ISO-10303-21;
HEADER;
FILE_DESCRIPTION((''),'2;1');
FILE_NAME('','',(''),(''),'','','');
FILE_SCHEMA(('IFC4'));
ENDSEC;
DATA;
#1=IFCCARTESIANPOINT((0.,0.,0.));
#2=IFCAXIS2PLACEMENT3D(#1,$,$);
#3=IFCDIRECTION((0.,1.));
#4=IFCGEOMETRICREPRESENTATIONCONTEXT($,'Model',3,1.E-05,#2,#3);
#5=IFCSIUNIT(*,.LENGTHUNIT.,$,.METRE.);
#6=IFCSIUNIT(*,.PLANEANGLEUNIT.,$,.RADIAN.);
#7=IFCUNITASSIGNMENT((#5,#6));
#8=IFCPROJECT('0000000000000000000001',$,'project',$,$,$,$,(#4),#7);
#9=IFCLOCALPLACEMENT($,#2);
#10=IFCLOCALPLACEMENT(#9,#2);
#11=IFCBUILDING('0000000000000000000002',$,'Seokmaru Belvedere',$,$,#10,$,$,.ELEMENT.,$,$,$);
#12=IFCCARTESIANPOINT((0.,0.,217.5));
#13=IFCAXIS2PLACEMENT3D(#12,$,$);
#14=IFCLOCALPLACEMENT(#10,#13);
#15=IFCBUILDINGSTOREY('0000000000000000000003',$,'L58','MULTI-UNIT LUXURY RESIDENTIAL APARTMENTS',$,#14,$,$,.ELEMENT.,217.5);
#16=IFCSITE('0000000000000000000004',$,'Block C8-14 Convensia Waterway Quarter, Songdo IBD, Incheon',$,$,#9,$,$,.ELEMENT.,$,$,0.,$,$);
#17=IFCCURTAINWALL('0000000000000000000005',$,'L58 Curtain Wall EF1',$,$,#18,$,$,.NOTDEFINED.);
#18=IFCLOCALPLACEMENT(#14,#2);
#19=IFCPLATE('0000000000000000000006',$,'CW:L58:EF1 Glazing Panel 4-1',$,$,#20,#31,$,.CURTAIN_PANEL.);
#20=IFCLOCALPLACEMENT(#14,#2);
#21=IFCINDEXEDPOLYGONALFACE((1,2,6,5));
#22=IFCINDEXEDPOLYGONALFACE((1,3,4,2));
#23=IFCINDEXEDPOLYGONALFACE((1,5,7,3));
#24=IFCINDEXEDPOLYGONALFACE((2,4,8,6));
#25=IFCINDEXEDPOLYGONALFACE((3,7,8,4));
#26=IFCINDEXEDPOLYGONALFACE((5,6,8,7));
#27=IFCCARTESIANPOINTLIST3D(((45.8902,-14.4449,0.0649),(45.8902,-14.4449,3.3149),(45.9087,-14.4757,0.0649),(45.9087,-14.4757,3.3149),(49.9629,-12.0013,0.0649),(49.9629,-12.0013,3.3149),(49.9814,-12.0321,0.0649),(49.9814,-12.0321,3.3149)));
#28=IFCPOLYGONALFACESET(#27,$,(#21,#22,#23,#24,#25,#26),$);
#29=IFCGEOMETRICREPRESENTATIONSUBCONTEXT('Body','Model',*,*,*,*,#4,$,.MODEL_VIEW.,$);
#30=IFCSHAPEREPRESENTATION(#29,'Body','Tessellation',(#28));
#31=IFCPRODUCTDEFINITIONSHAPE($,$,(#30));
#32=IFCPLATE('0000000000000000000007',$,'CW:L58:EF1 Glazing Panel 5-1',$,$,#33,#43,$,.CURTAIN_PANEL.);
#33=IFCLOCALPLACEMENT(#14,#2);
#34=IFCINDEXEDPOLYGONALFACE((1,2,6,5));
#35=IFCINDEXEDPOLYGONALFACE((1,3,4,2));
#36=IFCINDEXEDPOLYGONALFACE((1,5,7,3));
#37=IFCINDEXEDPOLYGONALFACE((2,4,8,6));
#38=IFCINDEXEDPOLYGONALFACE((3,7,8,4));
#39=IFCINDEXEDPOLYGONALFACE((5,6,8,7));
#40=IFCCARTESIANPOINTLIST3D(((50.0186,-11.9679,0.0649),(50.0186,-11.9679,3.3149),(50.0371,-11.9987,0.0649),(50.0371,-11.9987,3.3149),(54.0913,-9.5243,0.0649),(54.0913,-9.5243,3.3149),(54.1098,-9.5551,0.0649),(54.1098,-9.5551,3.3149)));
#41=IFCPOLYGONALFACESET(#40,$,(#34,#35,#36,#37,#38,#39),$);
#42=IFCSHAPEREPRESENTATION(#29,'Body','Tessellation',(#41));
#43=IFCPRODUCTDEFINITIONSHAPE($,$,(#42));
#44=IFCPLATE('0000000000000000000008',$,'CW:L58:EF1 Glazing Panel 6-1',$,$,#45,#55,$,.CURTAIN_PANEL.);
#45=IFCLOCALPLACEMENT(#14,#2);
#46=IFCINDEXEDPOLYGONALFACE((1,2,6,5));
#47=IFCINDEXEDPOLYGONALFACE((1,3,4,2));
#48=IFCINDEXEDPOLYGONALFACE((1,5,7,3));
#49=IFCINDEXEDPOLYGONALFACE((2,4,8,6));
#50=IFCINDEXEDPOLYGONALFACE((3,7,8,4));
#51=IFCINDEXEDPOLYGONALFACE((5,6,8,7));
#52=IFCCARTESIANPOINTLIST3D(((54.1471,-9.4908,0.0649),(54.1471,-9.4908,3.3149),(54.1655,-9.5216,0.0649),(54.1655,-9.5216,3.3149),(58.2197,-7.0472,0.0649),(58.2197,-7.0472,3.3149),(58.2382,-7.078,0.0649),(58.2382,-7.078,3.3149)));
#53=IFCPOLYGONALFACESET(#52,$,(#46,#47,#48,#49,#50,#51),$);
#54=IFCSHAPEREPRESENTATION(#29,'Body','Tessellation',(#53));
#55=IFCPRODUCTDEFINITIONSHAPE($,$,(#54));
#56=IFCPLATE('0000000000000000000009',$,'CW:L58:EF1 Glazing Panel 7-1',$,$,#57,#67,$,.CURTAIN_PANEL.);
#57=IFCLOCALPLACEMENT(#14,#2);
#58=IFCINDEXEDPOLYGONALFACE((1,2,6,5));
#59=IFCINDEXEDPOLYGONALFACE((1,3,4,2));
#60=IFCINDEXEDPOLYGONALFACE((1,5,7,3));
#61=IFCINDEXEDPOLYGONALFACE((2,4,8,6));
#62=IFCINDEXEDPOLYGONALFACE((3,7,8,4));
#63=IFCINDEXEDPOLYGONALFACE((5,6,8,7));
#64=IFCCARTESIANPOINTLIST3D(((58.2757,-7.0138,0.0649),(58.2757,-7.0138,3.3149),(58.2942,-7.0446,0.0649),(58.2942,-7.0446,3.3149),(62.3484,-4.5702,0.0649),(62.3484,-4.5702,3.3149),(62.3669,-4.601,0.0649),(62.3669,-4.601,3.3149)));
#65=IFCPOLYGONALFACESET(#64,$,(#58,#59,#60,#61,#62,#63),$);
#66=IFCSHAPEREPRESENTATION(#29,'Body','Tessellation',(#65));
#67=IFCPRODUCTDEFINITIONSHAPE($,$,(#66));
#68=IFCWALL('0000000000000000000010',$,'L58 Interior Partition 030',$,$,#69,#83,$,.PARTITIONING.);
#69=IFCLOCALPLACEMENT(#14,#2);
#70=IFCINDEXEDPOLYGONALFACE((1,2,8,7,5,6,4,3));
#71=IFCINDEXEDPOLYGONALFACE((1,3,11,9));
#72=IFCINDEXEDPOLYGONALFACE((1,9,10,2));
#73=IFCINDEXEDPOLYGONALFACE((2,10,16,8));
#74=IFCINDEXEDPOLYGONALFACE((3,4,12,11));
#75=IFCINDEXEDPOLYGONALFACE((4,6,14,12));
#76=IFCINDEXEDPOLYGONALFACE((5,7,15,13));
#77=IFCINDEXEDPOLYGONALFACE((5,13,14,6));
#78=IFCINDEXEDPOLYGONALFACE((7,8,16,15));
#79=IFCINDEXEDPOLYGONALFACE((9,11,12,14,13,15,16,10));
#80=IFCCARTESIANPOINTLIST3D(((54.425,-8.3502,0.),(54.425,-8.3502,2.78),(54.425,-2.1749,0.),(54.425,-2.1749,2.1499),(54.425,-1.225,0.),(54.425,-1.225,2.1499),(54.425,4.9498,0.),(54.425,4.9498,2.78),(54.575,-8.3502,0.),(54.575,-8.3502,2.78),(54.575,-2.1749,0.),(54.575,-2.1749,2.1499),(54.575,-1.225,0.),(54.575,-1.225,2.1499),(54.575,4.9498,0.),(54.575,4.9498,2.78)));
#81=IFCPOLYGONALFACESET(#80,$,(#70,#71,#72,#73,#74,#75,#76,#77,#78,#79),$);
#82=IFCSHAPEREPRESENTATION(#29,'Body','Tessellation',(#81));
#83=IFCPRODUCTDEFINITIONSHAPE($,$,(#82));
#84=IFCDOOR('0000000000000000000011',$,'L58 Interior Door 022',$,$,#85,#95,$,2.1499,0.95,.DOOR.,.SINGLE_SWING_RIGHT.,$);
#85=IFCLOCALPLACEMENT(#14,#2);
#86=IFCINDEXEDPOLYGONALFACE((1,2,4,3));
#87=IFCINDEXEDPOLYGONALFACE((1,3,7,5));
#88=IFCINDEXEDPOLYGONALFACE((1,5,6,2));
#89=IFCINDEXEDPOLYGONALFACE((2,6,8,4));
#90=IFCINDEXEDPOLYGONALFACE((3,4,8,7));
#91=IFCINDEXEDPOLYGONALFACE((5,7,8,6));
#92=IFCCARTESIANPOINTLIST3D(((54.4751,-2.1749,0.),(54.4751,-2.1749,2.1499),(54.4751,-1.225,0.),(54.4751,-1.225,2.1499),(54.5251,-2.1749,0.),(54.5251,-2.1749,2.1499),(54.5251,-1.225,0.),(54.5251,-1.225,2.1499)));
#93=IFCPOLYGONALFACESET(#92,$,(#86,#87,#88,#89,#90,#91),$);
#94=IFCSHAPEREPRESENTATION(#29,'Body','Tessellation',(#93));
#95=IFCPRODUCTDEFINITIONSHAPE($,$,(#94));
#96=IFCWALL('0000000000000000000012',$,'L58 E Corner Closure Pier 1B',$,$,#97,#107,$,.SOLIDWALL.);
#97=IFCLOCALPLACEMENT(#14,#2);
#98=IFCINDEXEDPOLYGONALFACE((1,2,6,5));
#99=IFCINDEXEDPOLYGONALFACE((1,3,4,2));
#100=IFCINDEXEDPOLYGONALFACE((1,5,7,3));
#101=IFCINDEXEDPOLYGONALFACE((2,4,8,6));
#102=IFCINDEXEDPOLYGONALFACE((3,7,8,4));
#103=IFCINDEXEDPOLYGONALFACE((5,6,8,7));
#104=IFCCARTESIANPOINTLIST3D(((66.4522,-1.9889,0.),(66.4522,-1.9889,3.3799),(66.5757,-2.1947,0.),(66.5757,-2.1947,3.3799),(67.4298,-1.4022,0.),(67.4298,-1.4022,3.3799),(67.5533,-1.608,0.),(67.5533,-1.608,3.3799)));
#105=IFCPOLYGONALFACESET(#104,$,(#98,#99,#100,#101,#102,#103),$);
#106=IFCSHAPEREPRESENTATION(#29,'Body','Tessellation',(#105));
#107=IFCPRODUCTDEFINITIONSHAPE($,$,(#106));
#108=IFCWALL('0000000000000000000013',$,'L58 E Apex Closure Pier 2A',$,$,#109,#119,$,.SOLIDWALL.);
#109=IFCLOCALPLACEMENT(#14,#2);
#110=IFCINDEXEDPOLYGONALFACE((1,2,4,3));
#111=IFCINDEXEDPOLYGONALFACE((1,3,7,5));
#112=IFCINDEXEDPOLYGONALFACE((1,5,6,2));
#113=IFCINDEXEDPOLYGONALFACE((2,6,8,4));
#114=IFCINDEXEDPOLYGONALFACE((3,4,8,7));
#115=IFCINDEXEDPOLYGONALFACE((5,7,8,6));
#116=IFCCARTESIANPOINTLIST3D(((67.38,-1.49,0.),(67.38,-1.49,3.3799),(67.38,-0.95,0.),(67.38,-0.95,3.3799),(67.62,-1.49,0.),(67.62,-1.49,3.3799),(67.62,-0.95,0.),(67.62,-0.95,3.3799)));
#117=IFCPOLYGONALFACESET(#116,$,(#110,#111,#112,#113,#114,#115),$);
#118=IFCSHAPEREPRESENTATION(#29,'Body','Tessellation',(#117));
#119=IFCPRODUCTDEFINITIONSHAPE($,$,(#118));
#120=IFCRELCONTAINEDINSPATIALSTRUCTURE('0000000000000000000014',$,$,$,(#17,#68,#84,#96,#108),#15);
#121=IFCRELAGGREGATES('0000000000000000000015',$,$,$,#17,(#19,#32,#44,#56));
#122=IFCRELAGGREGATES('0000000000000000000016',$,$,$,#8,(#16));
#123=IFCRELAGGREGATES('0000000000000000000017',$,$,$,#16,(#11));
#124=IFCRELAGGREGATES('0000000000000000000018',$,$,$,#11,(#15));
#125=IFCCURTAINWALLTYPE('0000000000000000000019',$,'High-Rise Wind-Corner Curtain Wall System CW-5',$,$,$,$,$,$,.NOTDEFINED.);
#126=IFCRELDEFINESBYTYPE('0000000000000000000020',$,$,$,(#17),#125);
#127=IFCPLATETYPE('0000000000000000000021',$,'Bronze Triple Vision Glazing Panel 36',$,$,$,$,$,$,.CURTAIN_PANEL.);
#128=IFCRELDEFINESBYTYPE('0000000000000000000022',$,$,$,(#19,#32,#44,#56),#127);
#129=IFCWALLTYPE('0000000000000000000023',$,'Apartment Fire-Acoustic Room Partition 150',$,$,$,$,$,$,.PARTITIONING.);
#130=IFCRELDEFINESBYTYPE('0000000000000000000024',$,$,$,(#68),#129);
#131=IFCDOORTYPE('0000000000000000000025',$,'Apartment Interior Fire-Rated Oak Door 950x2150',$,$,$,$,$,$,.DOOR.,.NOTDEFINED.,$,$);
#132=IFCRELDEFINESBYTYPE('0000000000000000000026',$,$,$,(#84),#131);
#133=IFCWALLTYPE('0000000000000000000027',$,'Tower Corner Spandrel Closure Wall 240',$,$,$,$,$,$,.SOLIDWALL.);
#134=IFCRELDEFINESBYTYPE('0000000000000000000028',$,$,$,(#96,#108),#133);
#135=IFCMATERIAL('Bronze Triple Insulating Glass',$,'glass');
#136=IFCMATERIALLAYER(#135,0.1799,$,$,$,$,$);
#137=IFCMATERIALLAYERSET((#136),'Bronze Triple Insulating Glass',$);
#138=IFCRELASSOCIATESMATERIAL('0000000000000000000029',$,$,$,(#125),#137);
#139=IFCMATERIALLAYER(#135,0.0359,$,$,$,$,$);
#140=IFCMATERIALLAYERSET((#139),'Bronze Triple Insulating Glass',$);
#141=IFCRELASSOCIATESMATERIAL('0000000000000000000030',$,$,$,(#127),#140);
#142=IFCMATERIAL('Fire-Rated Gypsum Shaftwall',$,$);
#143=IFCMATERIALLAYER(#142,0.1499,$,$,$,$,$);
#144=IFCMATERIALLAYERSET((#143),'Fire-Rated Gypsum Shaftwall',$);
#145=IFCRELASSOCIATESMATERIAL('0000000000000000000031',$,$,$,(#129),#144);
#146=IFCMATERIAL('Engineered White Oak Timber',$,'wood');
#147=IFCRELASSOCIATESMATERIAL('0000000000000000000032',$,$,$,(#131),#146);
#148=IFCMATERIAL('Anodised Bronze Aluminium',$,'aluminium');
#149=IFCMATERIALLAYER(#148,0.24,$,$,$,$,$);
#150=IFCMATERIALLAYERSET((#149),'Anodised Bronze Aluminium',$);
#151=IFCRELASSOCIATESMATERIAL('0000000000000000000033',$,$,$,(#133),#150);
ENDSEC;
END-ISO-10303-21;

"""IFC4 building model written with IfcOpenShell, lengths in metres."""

from ifc_helpers import new_model, si_unit, direction, frame, frame_2d, origin, origin_2d, place, context, subcontext, project, spatial, rectangle, extrude, source, transform, mapped, material, layer, layer_set, type_object, type_shapes, element, fill, aggregate, save


model = new_model("IFC4")

# Units and contexts
model_context = context("Model", 3, precision=1e-05, world=origin(), true_north=direction((0.0, 1.0)))
body_context = subcontext(model_context, "Body", "Model", "MODEL_VIEW")
ifc_project = project(units=[si_unit("LENGTHUNIT", "METRE"), si_unit("PLANEANGLEUNIT", "RADIAN")], contexts=[model_context])

# Site, building, storey
site_placement = place(None, origin())
site = spatial("IfcSite", under=ifc_project, at=site_placement, Name="Block C8-14 Convensia Waterway Quarter, Songdo IBD, Incheon", CompositionType="ELEMENT", RefElevation=0.0)
building_placement = place(site_placement, origin())
building = spatial("IfcBuilding", under=site, at=building_placement, Name="Seokmaru Belvedere", CompositionType="ELEMENT")
storey_placement = place(building_placement, frame((0.0, 0.0, 217.5)))
storey = spatial("IfcBuildingStorey", under=building, at=storey_placement, Name="L58", Description="MULTI-UNIT LUXURY RESIDENTIAL APARTMENTS", CompositionType="ELEMENT", Elevation=217.5)

# Curtain wall, plates
ifc_material_1 = material(Name="Bronze Triple Insulating Glass", Category="glass")
ifc_layer_1 = layer(ifc_material_1, 0.1799)
ifc_layer_set_1 = layer_set([ifc_layer_1], Name="Bronze Triple Insulating Glass")
curtain_wall_type = type_object("IfcCurtainWallType", Name="High-Rise Wind-Corner Curtain Wall System CW-5", PredefinedType="NOTDEFINED", material=ifc_layer_set_1)
curtain_wall_placement = place(storey_placement, origin())
curtain_wall = element("IfcCurtainWall", 1, at=curtain_wall_placement, inside=storey, type_object=curtain_wall_type, Name="L58 Curtain Wall EF1", PredefinedType="NOTDEFINED")
ifc_material_2 = material(Name="Anodised Bronze Aluminium", Category="aluminium")
ifc_layer_2 = layer(ifc_material_1, 0.0359)
ifc_layer_set_2 = layer_set([ifc_layer_2], Name="Bronze Triple Insulating Glass")
plate_type = type_object("IfcPlateType", Name="Bronze Triple Vision Glazing Panel 36", PredefinedType="CURTAIN_PANEL", material=ifc_layer_set_2)
shared_shape_1 = source(origin(), body_context, "Body", "SweptSolid", [
    extrude(rectangle(XDim=4.7495, YDim=0.0359, at=origin_2d()), origin(), (0.0, 0.0, 1.0), 3.25),
])
plate_1_placement = place(storey_placement, frame((47.9358, -13.2385, 0.0649), z_axis=(0.0, 0.0, 1.0), x_axis=(0.857493, 0.514495, 0.0)))
plate_1 = element("IfcPlate", 2, at=plate_1_placement, type_object=plate_type, Name="CW:L58:EF1 Glazing Panel 4-1", PredefinedType="CURTAIN_PANEL", context=body_context, shape_type="MappedRepresentation", body=[
    mapped(shared_shape_1, transform((0.0, 0.0, 0.0), scale=1.0)),
])
plate_2_placement = place(storey_placement, frame((52.0642, -10.7615, 0.0649), z_axis=(0.0, 0.0, 1.0), x_axis=(0.857493, 0.514495, 0.0)))
plate_2 = element("IfcPlate", 3, at=plate_2_placement, type_object=plate_type, Name="CW:L58:EF1 Glazing Panel 5-1", PredefinedType="CURTAIN_PANEL", context=body_context, shape_type="MappedRepresentation", body=[
    mapped(shared_shape_1, transform((0.0, 0.0, 0.0), scale=1.0)),
])
plate_3_placement = place(storey_placement, frame((56.1926, -8.2844, 0.0649), z_axis=(0.0, 0.0, 1.0), x_axis=(0.857493, 0.514495, 0.0)))
plate_3 = element("IfcPlate", 4, at=plate_3_placement, type_object=plate_type, Name="CW:L58:EF1 Glazing Panel 6-1", PredefinedType="CURTAIN_PANEL", context=body_context, shape_type="MappedRepresentation", body=[
    mapped(shared_shape_1, transform((0.0, 0.0, 0.0), scale=1.0)),
])
plate_4_placement = place(storey_placement, frame((60.3213, -5.8074, 0.0649), z_axis=(0.0, 0.0, 1.0), x_axis=(0.857493, 0.514495, 0.0)))
plate_4 = element("IfcPlate", 5, at=plate_4_placement, type_object=plate_type, Name="CW:L58:EF1 Glazing Panel 7-1", PredefinedType="CURTAIN_PANEL", context=body_context, shape_type="MappedRepresentation", body=[
    mapped(shared_shape_1, transform((0.0, 0.0, 0.0), scale=1.0)),
])
aggregate(curtain_wall, [plate_1, plate_2, plate_3, plate_4])

# Wall, opening, door
ifc_material_3 = material(Name="Fire-Rated Gypsum Shaftwall")
ifc_layer_3 = layer(ifc_material_3, 0.1499)
ifc_layer_set_3 = layer_set([ifc_layer_3], Name="Fire-Rated Gypsum Shaftwall")
wall_type_1 = type_object("IfcWallType", Name="Apartment Fire-Acoustic Room Partition 150", PredefinedType="PARTITIONING", material=ifc_layer_set_3)
wall_1_placement = place(storey_placement, frame((54.5, -8.3501, 0.0), z_axis=(0.0, 0.0, 1.0), x_axis=(0.0, 1.0, 0.0)))
wall_1 = element("IfcWall", 6, at=wall_1_placement, inside=storey, type_object=wall_type_1, Name="L58 Interior Partition 030", PredefinedType="PARTITIONING", context=body_context, shape_type="SweptSolid", body=[
    extrude(rectangle(XDim=13.3, YDim=0.1499, at=frame_2d((6.6499, 0.0))), origin(), (0.0, 0.0, 1.0), 2.78),
])
opening_placement = place(wall_1_placement, frame((6.175, 0.0, 0.0)))
opening = element("IfcOpeningElement", 7, at=opening_placement, cuts=wall_1, PredefinedType="OPENING", context=body_context, shape_type="SweptSolid", body=[
    extrude(rectangle(XDim=0.95, YDim=2.1499, at=frame_2d((0.4751, 1.075))), frame((0.0, 0.085, 0.0), z_axis=(0.0, -1.0, 0.0), x_axis=(1.0, 0.0, 0.0)), (0.0, 0.0, 1.0), 0.1699),
])
ifc_material_4 = material(Name="Engineered White Oak Timber", Category="wood")
door_type = type_object("IfcDoorType", Name="Apartment Interior Fire-Rated Oak Door 950x2150", OperationType="NOTDEFINED", PredefinedType="DOOR", material=ifc_material_4)
shared_shape_2 = source(origin(), body_context, "Body", "SweptSolid", [
    extrude(rectangle(XDim=0.95, YDim=2.1499, at=frame_2d((0.4751, 1.075))), frame((0.0, 0.0249, 0.0), z_axis=(0.0, -1.0, 0.0), x_axis=(1.0, 0.0, 0.0)), (0.0, 0.0, 1.0), 0.05),
])
type_shapes(door_type, [shared_shape_2])
door_placement = place(opening_placement, origin())
door = element("IfcDoor", 8, at=door_placement, inside=storey, type_object=door_type, Name="L58 Interior Door 022", OperationType="SINGLE_SWING_RIGHT", OverallHeight=2.1499, OverallWidth=0.95, PredefinedType="DOOR", context=body_context, shape_type="MappedRepresentation", body=[
    mapped(shared_shape_2, transform((0.0, 0.0, 0.0), scale=1.0)),
])
fill(opening, door)

# Walls
ifc_layer_4 = layer(ifc_material_2, 0.24)
ifc_layer_set_4 = layer_set([ifc_layer_4], Name="Anodised Bronze Aluminium")
wall_type_2 = type_object("IfcWallType", Name="Tower Corner Spandrel Closure Wall 240", PredefinedType="SOLIDWALL", material=ifc_layer_set_4)
wall_2_placement = place(storey_placement, frame((66.5139, -2.0918, 0.0), z_axis=(0.0, 0.0, 1.0), x_axis=(0.857436, 0.51459, 0.0)))
element("IfcWall", 9, at=wall_2_placement, inside=storey, type_object=wall_type_2, Name="L58 E Corner Closure Pier 1B", PredefinedType="SOLIDWALL", context=body_context, shape_type="SweptSolid", body=[
    extrude(rectangle(XDim=1.1401, YDim=0.24, at=frame_2d((0.5701, 0.0))), origin(), (0.0, 0.0, 1.0), 3.3799),
])
wall_3_placement = place(storey_placement, frame((67.5, -1.49, 0.0), z_axis=(0.0, 0.0, 1.0), x_axis=(0.0, 1.0, 0.0)))
element("IfcWall", 10, at=wall_3_placement, inside=storey, type_object=wall_type_2, Name="L58 E Apex Closure Pier 2A", PredefinedType="SOLIDWALL", context=body_context, shape_type="SweptSolid", body=[
    extrude(rectangle(XDim=0.54, YDim=0.24, at=frame_2d((0.27, 0.0))), origin(), (0.0, 0.0, 1.0), 3.3799),
])

save(model, "model.ifc")
